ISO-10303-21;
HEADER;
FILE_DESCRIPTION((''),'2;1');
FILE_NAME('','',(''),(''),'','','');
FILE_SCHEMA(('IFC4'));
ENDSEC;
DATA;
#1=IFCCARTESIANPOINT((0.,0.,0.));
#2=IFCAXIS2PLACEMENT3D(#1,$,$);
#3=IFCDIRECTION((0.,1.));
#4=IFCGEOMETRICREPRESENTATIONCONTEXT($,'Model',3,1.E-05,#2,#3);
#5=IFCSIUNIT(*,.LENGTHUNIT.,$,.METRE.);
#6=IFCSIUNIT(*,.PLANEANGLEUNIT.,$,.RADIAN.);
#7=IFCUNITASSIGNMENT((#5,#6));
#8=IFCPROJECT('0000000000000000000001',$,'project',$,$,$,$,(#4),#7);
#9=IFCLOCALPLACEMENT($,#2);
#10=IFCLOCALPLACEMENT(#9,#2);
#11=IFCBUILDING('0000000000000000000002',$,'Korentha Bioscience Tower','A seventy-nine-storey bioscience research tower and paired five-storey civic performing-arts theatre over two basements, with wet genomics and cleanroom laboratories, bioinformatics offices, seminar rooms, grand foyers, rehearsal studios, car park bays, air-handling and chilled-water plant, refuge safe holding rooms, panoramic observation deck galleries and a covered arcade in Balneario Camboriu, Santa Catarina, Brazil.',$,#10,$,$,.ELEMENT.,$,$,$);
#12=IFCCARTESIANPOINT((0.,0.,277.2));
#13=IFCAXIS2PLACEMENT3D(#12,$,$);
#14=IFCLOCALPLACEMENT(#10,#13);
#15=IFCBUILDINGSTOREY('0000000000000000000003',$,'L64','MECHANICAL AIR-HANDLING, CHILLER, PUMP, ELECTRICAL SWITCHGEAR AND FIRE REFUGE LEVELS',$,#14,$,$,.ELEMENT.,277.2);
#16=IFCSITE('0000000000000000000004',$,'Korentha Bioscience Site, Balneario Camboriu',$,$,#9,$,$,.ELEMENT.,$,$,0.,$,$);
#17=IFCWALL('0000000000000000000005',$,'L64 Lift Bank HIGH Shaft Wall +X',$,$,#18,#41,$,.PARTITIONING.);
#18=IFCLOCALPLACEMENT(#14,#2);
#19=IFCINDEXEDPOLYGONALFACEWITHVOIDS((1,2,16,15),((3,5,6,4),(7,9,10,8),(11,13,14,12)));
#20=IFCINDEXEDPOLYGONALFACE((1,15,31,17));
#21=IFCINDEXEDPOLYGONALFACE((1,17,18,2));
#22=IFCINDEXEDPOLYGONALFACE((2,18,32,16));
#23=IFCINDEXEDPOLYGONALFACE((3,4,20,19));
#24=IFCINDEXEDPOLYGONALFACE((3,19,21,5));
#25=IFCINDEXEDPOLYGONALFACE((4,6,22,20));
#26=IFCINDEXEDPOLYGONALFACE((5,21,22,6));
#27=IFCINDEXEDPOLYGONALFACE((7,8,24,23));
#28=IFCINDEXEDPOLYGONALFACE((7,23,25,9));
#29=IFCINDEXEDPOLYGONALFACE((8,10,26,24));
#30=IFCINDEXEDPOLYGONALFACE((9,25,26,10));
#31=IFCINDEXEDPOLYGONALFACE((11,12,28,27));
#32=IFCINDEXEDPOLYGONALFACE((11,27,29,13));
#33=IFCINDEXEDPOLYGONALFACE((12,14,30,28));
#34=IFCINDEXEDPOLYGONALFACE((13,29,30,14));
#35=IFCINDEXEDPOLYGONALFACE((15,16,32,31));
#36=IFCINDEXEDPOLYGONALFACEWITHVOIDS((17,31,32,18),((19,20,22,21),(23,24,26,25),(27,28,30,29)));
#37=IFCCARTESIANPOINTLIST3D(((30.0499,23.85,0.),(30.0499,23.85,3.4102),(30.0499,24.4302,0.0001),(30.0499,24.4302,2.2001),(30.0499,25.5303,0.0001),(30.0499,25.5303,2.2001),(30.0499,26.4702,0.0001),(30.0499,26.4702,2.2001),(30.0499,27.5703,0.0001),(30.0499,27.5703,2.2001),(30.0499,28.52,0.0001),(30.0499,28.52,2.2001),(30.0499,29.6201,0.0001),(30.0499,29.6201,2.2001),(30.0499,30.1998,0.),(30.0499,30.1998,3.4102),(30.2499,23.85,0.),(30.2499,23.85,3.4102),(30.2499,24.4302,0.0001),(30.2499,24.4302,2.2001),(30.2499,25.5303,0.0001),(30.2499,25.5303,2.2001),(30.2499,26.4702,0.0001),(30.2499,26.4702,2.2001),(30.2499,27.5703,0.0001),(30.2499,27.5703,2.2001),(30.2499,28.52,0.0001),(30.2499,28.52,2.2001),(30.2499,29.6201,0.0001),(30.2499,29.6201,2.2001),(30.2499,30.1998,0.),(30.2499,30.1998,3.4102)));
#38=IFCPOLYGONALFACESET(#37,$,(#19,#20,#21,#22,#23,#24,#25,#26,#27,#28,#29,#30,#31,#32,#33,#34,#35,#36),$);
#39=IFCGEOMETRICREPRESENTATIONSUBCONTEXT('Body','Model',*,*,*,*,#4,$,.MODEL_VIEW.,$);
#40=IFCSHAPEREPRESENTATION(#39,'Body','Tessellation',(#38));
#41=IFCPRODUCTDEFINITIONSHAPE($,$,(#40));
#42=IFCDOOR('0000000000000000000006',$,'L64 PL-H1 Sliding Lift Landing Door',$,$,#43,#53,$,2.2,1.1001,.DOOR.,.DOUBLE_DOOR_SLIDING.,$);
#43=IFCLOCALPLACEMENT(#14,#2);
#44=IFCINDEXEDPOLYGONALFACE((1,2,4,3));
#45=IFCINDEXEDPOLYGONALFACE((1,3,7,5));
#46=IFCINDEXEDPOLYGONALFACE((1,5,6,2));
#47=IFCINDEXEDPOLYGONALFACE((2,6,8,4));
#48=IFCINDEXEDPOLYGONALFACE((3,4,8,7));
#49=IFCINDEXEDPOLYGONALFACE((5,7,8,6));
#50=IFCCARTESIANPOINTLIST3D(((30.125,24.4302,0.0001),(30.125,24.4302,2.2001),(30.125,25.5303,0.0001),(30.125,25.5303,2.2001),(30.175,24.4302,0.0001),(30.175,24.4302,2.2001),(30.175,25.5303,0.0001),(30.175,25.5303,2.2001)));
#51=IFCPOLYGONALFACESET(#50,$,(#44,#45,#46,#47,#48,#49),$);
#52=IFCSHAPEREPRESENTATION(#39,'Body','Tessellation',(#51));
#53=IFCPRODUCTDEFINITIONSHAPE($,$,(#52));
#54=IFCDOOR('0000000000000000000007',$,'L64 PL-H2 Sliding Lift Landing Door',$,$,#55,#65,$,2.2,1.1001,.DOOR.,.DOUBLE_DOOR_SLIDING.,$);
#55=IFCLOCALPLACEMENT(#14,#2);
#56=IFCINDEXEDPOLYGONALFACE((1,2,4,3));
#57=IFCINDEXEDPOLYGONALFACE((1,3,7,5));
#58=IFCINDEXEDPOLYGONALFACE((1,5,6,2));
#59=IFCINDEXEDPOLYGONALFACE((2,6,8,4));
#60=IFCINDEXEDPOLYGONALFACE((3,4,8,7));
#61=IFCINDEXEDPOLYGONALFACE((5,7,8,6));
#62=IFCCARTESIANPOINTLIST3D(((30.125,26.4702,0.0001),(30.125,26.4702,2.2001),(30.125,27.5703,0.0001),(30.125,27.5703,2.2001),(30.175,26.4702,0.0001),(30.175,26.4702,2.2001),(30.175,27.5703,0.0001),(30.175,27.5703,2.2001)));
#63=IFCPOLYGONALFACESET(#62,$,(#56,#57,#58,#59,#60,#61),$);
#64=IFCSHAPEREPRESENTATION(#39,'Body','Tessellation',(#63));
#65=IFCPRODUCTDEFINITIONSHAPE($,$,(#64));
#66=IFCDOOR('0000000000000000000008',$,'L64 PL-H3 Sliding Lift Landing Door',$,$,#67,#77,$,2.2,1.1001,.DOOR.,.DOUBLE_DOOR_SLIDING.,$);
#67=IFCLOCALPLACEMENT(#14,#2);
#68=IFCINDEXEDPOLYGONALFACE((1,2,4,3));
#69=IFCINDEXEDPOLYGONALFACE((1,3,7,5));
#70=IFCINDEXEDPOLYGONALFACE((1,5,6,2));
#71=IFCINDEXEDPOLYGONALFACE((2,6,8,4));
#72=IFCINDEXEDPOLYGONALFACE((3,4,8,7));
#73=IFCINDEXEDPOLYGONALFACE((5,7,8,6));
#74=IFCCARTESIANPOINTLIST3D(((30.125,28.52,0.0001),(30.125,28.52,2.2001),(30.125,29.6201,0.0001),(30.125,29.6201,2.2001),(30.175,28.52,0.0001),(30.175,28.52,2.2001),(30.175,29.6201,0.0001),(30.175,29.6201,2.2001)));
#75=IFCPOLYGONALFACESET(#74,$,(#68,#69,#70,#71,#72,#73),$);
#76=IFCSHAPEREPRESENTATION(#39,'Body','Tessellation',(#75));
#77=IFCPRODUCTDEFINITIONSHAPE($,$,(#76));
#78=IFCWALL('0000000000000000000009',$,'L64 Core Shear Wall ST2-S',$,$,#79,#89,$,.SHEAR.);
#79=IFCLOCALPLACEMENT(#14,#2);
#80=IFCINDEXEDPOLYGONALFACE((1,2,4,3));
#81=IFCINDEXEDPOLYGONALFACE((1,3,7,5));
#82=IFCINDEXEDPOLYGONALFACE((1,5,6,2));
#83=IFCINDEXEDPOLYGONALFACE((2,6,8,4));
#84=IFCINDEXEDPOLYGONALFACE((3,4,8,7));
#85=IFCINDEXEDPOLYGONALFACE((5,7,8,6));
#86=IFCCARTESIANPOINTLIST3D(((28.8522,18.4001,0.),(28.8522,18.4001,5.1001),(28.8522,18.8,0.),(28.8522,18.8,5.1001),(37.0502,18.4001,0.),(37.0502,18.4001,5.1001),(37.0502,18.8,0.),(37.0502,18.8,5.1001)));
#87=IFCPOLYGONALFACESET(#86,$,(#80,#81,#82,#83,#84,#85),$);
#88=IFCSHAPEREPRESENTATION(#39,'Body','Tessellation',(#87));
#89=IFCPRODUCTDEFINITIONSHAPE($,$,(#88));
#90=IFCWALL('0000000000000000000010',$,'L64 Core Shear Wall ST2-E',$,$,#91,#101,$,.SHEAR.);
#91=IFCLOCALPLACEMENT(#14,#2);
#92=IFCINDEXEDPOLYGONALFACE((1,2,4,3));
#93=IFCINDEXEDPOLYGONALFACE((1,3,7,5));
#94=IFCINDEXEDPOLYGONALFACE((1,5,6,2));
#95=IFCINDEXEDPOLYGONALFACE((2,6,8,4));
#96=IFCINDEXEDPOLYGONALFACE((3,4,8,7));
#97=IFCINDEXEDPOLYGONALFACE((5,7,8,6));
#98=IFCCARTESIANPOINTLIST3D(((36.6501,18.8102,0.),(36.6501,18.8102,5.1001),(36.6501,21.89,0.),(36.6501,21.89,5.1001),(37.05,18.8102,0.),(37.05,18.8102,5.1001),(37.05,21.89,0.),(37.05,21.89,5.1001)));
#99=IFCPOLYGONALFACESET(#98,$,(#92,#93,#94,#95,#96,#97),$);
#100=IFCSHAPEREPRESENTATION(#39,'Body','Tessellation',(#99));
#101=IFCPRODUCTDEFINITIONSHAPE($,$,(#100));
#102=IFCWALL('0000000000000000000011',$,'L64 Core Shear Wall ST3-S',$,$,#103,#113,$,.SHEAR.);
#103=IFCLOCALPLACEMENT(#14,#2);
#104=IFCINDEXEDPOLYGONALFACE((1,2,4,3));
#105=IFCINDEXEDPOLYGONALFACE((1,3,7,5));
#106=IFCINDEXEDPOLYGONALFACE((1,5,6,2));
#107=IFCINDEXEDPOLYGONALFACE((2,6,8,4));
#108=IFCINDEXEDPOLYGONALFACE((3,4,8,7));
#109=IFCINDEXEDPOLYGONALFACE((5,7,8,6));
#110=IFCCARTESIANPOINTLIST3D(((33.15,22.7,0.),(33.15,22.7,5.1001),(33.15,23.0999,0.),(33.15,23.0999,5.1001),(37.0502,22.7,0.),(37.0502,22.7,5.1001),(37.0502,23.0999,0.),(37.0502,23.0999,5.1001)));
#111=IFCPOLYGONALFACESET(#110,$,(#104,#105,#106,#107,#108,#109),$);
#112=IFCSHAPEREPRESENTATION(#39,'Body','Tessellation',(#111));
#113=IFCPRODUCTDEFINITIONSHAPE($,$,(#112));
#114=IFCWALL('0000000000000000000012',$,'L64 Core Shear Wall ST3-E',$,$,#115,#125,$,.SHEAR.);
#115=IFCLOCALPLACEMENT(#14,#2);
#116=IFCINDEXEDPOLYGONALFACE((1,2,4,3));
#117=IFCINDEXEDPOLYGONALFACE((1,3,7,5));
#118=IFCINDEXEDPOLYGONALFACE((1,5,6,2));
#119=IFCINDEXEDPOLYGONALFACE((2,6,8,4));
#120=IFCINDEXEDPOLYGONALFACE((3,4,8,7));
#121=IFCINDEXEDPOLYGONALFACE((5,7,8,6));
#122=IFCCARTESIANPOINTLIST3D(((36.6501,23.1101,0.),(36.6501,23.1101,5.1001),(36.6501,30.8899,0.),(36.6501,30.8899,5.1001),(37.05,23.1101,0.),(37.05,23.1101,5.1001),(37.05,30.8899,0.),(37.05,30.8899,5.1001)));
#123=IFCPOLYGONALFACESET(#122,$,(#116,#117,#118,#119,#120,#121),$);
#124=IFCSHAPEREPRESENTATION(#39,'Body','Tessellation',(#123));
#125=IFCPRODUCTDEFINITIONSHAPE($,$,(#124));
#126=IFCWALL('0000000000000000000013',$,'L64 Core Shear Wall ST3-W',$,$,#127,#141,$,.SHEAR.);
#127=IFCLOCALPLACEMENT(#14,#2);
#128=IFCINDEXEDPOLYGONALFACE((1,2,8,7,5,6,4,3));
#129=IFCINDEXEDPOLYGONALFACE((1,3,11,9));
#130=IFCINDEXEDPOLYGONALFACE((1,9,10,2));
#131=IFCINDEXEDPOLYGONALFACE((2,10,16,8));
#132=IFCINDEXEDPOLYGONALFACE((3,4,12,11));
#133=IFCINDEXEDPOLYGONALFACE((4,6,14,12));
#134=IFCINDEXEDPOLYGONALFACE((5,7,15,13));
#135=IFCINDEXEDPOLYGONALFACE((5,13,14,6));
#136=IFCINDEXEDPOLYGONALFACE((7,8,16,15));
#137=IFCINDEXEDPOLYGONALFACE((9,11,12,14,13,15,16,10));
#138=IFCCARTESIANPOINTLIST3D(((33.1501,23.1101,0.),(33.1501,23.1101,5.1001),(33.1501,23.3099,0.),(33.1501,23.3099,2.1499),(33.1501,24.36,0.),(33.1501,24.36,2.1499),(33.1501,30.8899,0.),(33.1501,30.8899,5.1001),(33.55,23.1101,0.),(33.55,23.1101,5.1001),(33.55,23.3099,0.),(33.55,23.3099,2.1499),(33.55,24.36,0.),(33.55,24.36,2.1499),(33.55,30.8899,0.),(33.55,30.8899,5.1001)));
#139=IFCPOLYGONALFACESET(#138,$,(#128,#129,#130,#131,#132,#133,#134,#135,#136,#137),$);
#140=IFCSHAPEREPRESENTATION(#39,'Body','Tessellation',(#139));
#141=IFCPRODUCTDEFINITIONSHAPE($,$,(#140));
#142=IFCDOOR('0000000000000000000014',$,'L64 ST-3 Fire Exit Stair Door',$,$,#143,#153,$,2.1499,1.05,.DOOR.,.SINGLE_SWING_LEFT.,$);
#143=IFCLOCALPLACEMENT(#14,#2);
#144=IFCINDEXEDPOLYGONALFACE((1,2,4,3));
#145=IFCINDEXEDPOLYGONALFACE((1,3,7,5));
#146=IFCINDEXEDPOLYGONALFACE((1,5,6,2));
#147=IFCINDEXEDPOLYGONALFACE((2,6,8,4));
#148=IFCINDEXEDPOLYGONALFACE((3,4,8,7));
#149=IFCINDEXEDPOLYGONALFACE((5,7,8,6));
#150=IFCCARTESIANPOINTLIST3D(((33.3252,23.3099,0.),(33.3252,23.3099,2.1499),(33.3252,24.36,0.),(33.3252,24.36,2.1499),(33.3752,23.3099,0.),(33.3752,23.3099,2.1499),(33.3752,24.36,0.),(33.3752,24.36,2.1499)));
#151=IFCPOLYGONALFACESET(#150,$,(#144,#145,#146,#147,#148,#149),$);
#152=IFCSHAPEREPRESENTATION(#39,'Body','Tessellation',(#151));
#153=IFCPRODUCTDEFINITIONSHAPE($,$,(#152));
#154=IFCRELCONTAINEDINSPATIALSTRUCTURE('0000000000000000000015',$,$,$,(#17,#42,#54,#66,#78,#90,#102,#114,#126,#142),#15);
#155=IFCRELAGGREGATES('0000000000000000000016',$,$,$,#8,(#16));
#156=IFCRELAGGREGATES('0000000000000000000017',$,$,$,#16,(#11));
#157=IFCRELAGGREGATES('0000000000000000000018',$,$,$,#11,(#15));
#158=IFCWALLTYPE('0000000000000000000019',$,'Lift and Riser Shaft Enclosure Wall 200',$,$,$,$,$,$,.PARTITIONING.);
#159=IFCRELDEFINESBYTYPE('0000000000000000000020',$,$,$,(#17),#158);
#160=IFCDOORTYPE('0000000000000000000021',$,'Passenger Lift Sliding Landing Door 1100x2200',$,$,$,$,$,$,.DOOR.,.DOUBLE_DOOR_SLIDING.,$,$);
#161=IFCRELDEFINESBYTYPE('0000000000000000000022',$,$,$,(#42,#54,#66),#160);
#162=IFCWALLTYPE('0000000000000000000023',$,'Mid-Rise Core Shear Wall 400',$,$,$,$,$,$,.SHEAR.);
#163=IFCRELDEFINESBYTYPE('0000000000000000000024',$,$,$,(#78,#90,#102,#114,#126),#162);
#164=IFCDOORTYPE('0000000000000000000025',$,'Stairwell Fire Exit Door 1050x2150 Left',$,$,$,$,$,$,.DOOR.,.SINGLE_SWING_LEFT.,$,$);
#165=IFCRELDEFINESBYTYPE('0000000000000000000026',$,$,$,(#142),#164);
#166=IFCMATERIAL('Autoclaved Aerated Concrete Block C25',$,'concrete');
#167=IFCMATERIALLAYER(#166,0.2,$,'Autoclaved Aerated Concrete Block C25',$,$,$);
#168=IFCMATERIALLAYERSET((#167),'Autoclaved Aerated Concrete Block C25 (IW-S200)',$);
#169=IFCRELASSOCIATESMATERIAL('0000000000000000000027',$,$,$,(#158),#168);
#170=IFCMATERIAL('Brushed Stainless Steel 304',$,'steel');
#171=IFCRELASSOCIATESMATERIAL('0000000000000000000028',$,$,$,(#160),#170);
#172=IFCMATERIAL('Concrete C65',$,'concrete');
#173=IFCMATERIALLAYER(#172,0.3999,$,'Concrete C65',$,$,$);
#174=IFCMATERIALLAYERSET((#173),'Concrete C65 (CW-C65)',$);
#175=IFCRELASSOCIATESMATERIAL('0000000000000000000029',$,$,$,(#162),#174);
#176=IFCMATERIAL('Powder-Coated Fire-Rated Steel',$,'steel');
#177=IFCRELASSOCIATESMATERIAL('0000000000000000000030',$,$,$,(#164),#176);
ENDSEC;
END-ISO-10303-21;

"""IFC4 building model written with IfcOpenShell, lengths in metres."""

from ifc_helpers import new_model, si_unit, direction, frame, frame_2d, origin, place, context, subcontext, project, spatial, rectangle, extrude, material, layer, layer_set, type_object, element, fill, save


model = new_model("IFC4")

# Units and contexts
model_context = context("Model", 3, precision=1e-05, world=origin(), true_north=direction((0.0, 1.0)))
body_context = subcontext(model_context, "Body", "Model", "MODEL_VIEW")
ifc_project = project(units=[si_unit("LENGTHUNIT", "METRE"), si_unit("PLANEANGLEUNIT", "RADIAN")], contexts=[model_context])

# Site, building, storey
site_placement = place(None, origin())
site = spatial("IfcSite", under=ifc_project, at=site_placement, Name="Korentha Bioscience Site, Balneario Camboriu", CompositionType="ELEMENT", RefElevation=0.0)
building_placement = place(site_placement, origin())
building = spatial("IfcBuilding", under=site, at=building_placement, Name="Korentha Bioscience Tower", Description="A seventy-nine-storey bioscience research tower and paired five-storey civic performing-arts theatre over two basements, with wet genomics and cleanroom laboratories, bioinformatics offices, seminar rooms, grand foyers, rehearsal studios, car park bays, air-handling and chilled-water plant, refuge safe holding rooms, panoramic observation deck galleries and a covered arcade in Balneario Camboriu, Santa Catarina, Brazil.", CompositionType="ELEMENT")
storey_placement = place(building_placement, frame((0.0, 0.0, 277.2)))
storey = spatial("IfcBuildingStorey", under=building, at=storey_placement, Name="L64", Description="MECHANICAL AIR-HANDLING, CHILLER, PUMP, ELECTRICAL SWITCHGEAR AND FIRE REFUGE LEVELS", CompositionType="ELEMENT", Elevation=277.2)

# Shared definitions
ifc_material_1 = material(Name="Concrete C65", Category="concrete")

# Wall, openings, doors
ifc_material_2 = material(Name="Autoclaved Aerated Concrete Block C25", Category="concrete")
ifc_layer_1 = layer(ifc_material_2, 0.2, Name="Autoclaved Aerated Concrete Block C25")
ifc_layer_set_1 = layer_set([ifc_layer_1], Name="Autoclaved Aerated Concrete Block C25 (IW-S200)")
wall_type_1 = type_object("IfcWallType", Name="Lift and Riser Shaft Enclosure Wall 200", PredefinedType="PARTITIONING", material=ifc_layer_set_1)
wall_1_placement = place(storey_placement, frame((30.1499, 23.8501, 0.0), z_axis=(0.0, 0.0, 1.0), x_axis=(0.0, 1.0, 0.0)))
wall_1 = element("IfcWall", 1, at=wall_1_placement, inside=storey, type_object=wall_type_1, Name="L64 Lift Bank HIGH Shaft Wall +X", PredefinedType="PARTITIONING", context=body_context, shape_type="SweptSolid", body=[
    extrude(rectangle(XDim=6.3499, YDim=0.2, at=frame_2d((3.1748, 0.0))), origin(), (0.0, 0.0, 1.0), 3.4102),
])
opening_1_placement = place(wall_1_placement, frame((0.5801, 0.0, 0.0)))
opening_1 = element("IfcOpeningElement", 2, at=opening_1_placement, cuts=wall_1, PredefinedType="OPENING", context=body_context, shape_type="SweptSolid", body=[
    extrude(rectangle(XDim=1.1001, YDim=2.2, at=frame_2d((0.55, 1.1001))), frame((0.0, 0.1147, 0.0), z_axis=(0.0, -1.0, 0.0), x_axis=(1.0, 0.0, 0.0)), (0.0, 0.0, 1.0), 0.2297),
])
opening_2_placement = place(wall_1_placement, frame((2.6201, 0.0, 0.0)))
opening_2 = element("IfcOpeningElement", 3, at=opening_2_placement, cuts=wall_1, PredefinedType="OPENING", context=body_context, shape_type="SweptSolid", body=[
    extrude(rectangle(XDim=1.1001, YDim=2.2, at=frame_2d((0.55, 1.1001))), frame((0.0, 0.1147, 0.0), z_axis=(0.0, -1.0, 0.0), x_axis=(1.0, 0.0, 0.0)), (0.0, 0.0, 1.0), 0.2297),
])
opening_3_placement = place(wall_1_placement, frame((4.6699, 0.0, 0.0)))
opening_3 = element("IfcOpeningElement", 4, at=opening_3_placement, cuts=wall_1, PredefinedType="OPENING", context=body_context, shape_type="SweptSolid", body=[
    extrude(rectangle(XDim=1.1001, YDim=2.2, at=frame_2d((0.55, 1.1001))), frame((0.0, 0.1147, 0.0), z_axis=(0.0, -1.0, 0.0), x_axis=(1.0, 0.0, 0.0)), (0.0, 0.0, 1.0), 0.2297),
])
ifc_material_3 = material(Name="Brushed Stainless Steel 304", Category="steel")
door_type_1 = type_object("IfcDoorType", Name="Passenger Lift Sliding Landing Door 1100x2200", OperationType="DOUBLE_DOOR_SLIDING", PredefinedType="DOOR", material=ifc_material_3)
door_1_placement = place(opening_1_placement, origin())
door_1 = element("IfcDoor", 5, at=door_1_placement, inside=storey, type_object=door_type_1, Name="L64 PL-H1 Sliding Lift Landing Door", OperationType="DOUBLE_DOOR_SLIDING", OverallHeight=2.2, OverallWidth=1.1001, PredefinedType="DOOR", context=body_context, shape_type="SweptSolid", body=[
    extrude(rectangle(XDim=1.1001, YDim=2.2, at=frame_2d((0.55, 1.1001))), frame((0.0, 0.0249, 0.0), z_axis=(0.0, -1.0, 0.0), x_axis=(1.0, 0.0, 0.0)), (0.0, 0.0, 1.0), 0.05),
])
fill(opening_1, door_1)
door_2_placement = place(opening_2_placement, origin())
door_2 = element("IfcDoor", 6, at=door_2_placement, inside=storey, type_object=door_type_1, Name="L64 PL-H2 Sliding Lift Landing Door", OperationType="DOUBLE_DOOR_SLIDING", OverallHeight=2.2, OverallWidth=1.1001, PredefinedType="DOOR", context=body_context, shape_type="SweptSolid", body=[
    extrude(rectangle(XDim=1.1001, YDim=2.2, at=frame_2d((0.55, 1.1001))), frame((0.0, 0.0249, 0.0), z_axis=(0.0, -1.0, 0.0), x_axis=(1.0, 0.0, 0.0)), (0.0, 0.0, 1.0), 0.05),
])
fill(opening_2, door_2)
door_3_placement = place(opening_3_placement, origin())
door_3 = element("IfcDoor", 7, at=door_3_placement, inside=storey, type_object=door_type_1, Name="L64 PL-H3 Sliding Lift Landing Door", OperationType="DOUBLE_DOOR_SLIDING", OverallHeight=2.2, OverallWidth=1.1001, PredefinedType="DOOR", context=body_context, shape_type="SweptSolid", body=[
    extrude(rectangle(XDim=1.1001, YDim=2.2, at=frame_2d((0.55, 1.1001))), frame((0.0, 0.0249, 0.0), z_axis=(0.0, -1.0, 0.0), x_axis=(1.0, 0.0, 0.0)), (0.0, 0.0, 1.0), 0.05),
])
fill(opening_3, door_3)

# Walls
ifc_layer_2 = layer(ifc_material_1, 0.3999, Name="Concrete C65")
ifc_layer_set_2 = layer_set([ifc_layer_2], Name="Concrete C65 (CW-C65)")
wall_type_2 = type_object("IfcWallType", Name="Mid-Rise Core Shear Wall 400", PredefinedType="SHEAR", material=ifc_layer_set_2)
wall_2_placement = place(storey_placement, frame((28.8521, 18.6001, 0.0), z_axis=(0.0, 0.0, 1.0), x_axis=(1.0, 0.0, 0.0)))
element("IfcWall", 8, at=wall_2_placement, inside=storey, type_object=wall_type_2, Name="L64 Core Shear Wall ST2-S", PredefinedType="SHEAR", context=body_context, shape_type="SweptSolid", body=[
    extrude(rectangle(XDim=8.198, YDim=0.3999, at=frame_2d((4.0991, 0.0))), origin(), (0.0, 0.0, 1.0), 5.1001),
])
wall_3_placement = place(storey_placement, frame((36.8501, 18.8101, 0.0), z_axis=(0.0, 0.0, 1.0), x_axis=(0.0, 1.0, 0.0)))
element("IfcWall", 9, at=wall_3_placement, inside=storey, type_object=wall_type_2, Name="L64 Core Shear Wall ST2-E", PredefinedType="SHEAR", context=body_context, shape_type="SweptSolid", body=[
    extrude(rectangle(XDim=3.0798, YDim=0.3999, at=frame_2d((1.54, 0.0))), origin(), (0.0, 0.0, 1.0), 5.1001),
])
wall_4_placement = place(storey_placement, frame((33.1499, 22.8999, 0.0), z_axis=(0.0, 0.0, 1.0), x_axis=(1.0, 0.0, 0.0)))
element("IfcWall", 10, at=wall_4_placement, inside=storey, type_object=wall_type_2, Name="L64 Core Shear Wall ST3-S", PredefinedType="SHEAR", context=body_context, shape_type="SweptSolid", body=[
    extrude(rectangle(XDim=3.9001, YDim=0.3999, at=frame_2d((1.9502, 0.0))), origin(), (0.0, 0.0, 1.0), 5.1001),
])
wall_5_placement = place(storey_placement, frame((36.8501, 23.1101, 0.0), z_axis=(0.0, 0.0, 1.0), x_axis=(0.0, 1.0, 0.0)))
element("IfcWall", 11, at=wall_5_placement, inside=storey, type_object=wall_type_2, Name="L64 Core Shear Wall ST3-E", PredefinedType="SHEAR", context=body_context, shape_type="SweptSolid", body=[
    extrude(rectangle(XDim=7.7798, YDim=0.3999, at=frame_2d((3.8899, 0.0))), origin(), (0.0, 0.0, 1.0), 5.1001),
])

# Wall, opening, door
wall_6_placement = place(storey_placement, frame((33.3501, 23.1101, 0.0), z_axis=(0.0, 0.0, 1.0), x_axis=(0.0, 1.0, 0.0)))
wall_6 = element("IfcWall", 12, at=wall_6_placement, inside=storey, type_object=wall_type_2, Name="L64 Core Shear Wall ST3-W", PredefinedType="SHEAR", context=body_context, shape_type="SweptSolid", body=[
    extrude(rectangle(XDim=7.7798, YDim=0.3999, at=frame_2d((3.8899, 0.0))), origin(), (0.0, 0.0, 1.0), 5.1001),
])
opening_4_placement = place(wall_6_placement, frame((0.2, 0.0, 0.0)))
opening_4 = element("IfcOpeningElement", 13, at=opening_4_placement, cuts=wall_6, PredefinedType="OPENING", context=body_context, shape_type="SweptSolid", body=[
    extrude(rectangle(XDim=1.05, YDim=2.1499, at=frame_2d((0.5249, 1.075))), frame((0.0, 0.2148, 0.0), z_axis=(0.0, -1.0, 0.0), x_axis=(1.0, 0.0, 0.0)), (0.0, 0.0, 1.0), 0.4297),
])
ifc_material_4 = material(Name="Powder-Coated Fire-Rated Steel", Category="steel")
door_type_2 = type_object("IfcDoorType", Name="Stairwell Fire Exit Door 1050x2150 Left", OperationType="SINGLE_SWING_LEFT", PredefinedType="DOOR", material=ifc_material_4)
door_4_placement = place(opening_4_placement, origin())
door_4 = element("IfcDoor", 14, at=door_4_placement, inside=storey, type_object=door_type_2, Name="L64 ST-3 Fire Exit Stair Door", OperationType="SINGLE_SWING_LEFT", OverallHeight=2.1499, OverallWidth=1.05, PredefinedType="DOOR", context=body_context, shape_type="SweptSolid", body=[
    extrude(rectangle(XDim=1.05, YDim=2.1499, at=frame_2d((0.5249, 1.075))), frame((0.0, 0.0249, 0.0), z_axis=(0.0, -1.0, 0.0), x_axis=(1.0, 0.0, 0.0)), (0.0, 0.0, 1.0), 0.05),
])
fill(opening_4, door_4)

save(model, "model.ifc")
